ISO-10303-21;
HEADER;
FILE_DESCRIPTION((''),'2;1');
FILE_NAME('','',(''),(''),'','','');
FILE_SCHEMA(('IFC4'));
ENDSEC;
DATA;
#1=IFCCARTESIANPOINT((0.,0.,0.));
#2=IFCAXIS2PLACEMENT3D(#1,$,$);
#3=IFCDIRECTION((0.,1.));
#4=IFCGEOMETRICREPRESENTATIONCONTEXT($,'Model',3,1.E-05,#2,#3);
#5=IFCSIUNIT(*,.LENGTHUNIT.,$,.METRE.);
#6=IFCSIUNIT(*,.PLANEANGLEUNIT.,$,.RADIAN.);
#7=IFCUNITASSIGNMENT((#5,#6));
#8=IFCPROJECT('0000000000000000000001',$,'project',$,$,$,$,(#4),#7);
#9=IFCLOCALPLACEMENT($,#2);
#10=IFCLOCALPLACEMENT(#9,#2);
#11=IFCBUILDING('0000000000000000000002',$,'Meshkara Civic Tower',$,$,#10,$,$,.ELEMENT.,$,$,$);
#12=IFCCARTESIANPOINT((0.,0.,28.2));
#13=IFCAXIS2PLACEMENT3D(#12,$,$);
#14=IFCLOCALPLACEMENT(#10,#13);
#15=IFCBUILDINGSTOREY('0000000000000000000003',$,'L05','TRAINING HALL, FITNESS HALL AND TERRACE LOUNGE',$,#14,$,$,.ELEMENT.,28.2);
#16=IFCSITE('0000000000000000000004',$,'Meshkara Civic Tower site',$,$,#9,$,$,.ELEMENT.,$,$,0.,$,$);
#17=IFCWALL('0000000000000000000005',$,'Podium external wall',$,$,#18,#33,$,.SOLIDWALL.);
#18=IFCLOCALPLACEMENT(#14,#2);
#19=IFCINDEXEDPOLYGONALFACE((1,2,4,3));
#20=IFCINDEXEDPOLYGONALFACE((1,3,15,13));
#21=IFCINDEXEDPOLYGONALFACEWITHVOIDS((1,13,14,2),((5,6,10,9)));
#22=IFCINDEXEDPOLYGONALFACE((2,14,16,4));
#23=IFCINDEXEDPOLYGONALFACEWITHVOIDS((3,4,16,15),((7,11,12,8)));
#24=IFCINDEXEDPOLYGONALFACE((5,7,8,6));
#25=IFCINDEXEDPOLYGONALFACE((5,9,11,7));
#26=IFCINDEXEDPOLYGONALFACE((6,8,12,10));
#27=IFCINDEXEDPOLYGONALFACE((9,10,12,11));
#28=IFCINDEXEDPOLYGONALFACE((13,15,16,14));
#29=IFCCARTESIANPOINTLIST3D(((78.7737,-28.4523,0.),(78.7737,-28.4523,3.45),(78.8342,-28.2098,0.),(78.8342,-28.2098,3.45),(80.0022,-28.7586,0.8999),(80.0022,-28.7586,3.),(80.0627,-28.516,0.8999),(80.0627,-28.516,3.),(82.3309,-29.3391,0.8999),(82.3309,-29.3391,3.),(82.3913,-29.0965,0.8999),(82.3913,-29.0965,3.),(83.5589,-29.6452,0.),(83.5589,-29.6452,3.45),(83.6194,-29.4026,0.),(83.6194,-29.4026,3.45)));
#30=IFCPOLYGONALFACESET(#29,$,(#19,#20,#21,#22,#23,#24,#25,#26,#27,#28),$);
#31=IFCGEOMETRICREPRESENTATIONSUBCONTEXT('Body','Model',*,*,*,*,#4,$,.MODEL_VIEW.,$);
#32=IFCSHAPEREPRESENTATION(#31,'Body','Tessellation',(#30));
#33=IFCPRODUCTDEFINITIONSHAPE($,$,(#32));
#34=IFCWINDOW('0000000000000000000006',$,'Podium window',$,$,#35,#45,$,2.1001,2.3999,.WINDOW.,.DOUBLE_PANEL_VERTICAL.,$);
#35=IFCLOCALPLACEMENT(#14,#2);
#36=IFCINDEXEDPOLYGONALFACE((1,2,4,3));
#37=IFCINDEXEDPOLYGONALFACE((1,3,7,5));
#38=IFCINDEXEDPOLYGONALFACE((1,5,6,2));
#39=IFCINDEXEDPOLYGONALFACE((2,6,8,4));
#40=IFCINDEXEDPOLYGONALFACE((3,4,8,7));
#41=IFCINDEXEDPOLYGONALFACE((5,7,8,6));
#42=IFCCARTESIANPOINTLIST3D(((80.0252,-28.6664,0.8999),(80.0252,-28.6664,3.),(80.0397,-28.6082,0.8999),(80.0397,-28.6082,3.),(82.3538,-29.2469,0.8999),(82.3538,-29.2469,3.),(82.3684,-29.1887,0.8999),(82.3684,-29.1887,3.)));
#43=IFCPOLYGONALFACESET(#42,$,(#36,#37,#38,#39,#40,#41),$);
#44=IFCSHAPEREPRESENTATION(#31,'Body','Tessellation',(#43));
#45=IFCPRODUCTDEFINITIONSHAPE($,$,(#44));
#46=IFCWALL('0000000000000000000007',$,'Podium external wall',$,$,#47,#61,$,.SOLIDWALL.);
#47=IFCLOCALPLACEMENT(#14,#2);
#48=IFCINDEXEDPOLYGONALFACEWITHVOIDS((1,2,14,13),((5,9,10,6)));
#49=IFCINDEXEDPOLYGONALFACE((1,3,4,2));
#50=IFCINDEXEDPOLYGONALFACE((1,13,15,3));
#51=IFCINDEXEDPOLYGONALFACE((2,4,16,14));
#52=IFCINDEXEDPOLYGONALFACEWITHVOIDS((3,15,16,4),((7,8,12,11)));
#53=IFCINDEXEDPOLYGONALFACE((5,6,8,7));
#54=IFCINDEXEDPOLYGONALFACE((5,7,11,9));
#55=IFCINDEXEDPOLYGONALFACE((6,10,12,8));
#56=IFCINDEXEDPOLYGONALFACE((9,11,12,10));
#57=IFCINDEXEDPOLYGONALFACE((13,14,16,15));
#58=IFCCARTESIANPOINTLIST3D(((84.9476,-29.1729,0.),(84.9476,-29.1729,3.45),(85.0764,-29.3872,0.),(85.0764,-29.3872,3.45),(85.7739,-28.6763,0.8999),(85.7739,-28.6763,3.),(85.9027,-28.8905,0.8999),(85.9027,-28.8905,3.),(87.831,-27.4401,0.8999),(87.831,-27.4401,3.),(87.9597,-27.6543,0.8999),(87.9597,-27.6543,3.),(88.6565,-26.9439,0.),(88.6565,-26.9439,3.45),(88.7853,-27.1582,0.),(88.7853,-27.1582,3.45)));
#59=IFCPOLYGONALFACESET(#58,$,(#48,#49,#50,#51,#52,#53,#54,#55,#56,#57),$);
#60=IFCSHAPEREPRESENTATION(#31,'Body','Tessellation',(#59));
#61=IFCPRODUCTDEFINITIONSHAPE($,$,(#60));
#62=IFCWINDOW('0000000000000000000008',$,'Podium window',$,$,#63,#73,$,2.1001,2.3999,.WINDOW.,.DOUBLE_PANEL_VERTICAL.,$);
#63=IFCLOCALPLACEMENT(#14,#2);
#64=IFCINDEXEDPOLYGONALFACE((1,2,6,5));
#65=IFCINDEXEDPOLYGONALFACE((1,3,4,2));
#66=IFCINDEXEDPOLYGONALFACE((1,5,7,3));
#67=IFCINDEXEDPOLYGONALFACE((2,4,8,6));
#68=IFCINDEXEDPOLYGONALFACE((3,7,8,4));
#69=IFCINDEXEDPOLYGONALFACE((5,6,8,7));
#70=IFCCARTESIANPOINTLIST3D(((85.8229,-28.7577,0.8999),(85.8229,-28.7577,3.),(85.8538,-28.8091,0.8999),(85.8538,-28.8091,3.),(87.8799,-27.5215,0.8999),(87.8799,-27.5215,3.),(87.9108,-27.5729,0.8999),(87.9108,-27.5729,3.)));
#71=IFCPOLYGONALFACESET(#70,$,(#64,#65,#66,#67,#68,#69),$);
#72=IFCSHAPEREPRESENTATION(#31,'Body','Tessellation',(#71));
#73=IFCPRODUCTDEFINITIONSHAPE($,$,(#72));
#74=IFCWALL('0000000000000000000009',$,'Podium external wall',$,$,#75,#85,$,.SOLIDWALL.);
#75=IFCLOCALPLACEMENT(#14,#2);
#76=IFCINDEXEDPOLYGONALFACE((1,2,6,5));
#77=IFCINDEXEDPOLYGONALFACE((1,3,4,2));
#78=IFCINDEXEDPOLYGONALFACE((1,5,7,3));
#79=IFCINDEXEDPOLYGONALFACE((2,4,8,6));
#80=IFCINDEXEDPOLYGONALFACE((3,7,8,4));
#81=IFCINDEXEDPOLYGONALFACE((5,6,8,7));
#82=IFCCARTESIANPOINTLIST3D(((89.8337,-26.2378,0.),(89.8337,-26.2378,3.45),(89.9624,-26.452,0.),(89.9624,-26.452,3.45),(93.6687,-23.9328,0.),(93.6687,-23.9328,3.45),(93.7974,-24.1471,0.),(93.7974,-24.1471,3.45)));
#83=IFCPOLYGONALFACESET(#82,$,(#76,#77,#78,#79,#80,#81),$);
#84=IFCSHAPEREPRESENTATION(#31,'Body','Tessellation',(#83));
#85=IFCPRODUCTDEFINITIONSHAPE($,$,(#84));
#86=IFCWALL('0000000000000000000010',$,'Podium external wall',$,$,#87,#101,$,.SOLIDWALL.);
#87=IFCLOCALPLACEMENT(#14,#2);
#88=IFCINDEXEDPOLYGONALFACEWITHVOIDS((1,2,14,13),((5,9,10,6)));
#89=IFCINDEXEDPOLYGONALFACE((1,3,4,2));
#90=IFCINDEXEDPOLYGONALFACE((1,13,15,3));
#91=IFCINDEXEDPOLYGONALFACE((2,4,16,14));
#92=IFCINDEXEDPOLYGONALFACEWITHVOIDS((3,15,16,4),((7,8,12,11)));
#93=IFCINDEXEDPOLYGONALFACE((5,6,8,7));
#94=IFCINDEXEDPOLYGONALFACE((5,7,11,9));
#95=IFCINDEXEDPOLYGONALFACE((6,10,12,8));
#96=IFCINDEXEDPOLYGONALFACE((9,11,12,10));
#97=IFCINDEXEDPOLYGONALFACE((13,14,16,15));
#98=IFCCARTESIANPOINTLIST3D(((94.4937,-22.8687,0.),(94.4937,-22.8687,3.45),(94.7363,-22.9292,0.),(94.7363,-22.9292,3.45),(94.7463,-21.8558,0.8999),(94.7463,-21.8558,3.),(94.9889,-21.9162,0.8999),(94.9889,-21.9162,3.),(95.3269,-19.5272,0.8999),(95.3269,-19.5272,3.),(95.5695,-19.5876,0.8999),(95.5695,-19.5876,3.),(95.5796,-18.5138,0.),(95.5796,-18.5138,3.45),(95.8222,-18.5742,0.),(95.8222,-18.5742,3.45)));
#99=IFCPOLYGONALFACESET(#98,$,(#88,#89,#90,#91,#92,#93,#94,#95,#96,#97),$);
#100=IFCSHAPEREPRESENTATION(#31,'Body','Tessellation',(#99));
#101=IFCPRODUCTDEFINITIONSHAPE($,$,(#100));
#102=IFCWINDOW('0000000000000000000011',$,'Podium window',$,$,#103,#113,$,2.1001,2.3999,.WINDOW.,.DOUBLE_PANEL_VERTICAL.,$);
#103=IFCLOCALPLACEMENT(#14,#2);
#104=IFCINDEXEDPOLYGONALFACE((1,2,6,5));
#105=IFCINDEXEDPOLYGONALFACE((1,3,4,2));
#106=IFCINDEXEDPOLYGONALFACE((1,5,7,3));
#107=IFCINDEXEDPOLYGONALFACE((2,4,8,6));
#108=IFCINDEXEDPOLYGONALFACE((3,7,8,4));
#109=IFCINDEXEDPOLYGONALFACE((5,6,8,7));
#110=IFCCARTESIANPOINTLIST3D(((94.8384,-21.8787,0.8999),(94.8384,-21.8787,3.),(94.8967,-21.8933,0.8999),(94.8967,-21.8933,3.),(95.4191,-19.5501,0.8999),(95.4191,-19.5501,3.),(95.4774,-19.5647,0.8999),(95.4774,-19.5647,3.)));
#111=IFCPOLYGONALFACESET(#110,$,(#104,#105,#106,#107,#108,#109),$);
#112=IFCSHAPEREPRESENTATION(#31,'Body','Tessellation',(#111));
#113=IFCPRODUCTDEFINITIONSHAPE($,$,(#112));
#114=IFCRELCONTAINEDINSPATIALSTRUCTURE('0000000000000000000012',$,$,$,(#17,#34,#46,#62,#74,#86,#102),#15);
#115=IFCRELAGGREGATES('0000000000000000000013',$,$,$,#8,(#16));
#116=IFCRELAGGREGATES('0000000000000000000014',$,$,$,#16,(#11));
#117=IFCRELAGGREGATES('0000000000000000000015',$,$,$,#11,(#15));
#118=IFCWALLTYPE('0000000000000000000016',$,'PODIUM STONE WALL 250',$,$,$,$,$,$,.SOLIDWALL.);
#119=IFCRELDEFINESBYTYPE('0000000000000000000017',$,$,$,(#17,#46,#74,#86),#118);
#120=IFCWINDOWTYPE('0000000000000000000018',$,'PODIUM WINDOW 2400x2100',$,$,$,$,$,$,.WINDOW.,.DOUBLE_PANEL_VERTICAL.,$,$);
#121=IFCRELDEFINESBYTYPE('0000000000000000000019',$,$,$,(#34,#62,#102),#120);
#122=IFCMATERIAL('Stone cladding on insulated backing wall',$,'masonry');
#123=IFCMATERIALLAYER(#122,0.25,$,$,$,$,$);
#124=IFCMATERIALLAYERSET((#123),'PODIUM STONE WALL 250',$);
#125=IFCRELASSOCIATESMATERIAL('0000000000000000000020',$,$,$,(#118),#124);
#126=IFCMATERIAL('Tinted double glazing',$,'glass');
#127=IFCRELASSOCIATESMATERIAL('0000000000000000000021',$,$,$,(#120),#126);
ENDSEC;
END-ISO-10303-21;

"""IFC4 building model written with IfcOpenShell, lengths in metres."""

from ifc_helpers import new_model, si_unit, direction, frame, frame_2d, origin, place, context, subcontext, project, spatial, rectangle, extrude, material, layer, layer_set, type_object, element, fill, save


model = new_model("IFC4")

# Units and contexts
model_context = context("Model", 3, precision=1e-05, world=origin(), true_north=direction((0.0, 1.0)))
body_context = subcontext(model_context, "Body", "Model", "MODEL_VIEW")
ifc_project = project(units=[si_unit("LENGTHUNIT", "METRE"), si_unit("PLANEANGLEUNIT", "RADIAN")], contexts=[model_context])

# Site, building, storey
site_placement = place(None, origin())
site = spatial("IfcSite", under=ifc_project, at=site_placement, Name="Meshkara Civic Tower site", CompositionType="ELEMENT", RefElevation=0.0)
building_placement = place(site_placement, origin())
building = spatial("IfcBuilding", under=site, at=building_placement, Name="Meshkara Civic Tower", CompositionType="ELEMENT")
storey_placement = place(building_placement, frame((0.0, 0.0, 28.2)))
storey = spatial("IfcBuildingStorey", under=building, at=storey_placement, Name="L05", Description="TRAINING HALL, FITNESS HALL AND TERRACE LOUNGE", CompositionType="ELEMENT", Elevation=28.2)

# Walls, openings, windows
ifc_material_1 = material(Name="Stone cladding on insulated backing wall", Category="masonry")
ifc_layer_1 = layer(ifc_material_1, 0.25)
ifc_layer_set_1 = layer_set([ifc_layer_1], Name="PODIUM STONE WALL 250")
wall_type_1 = type_object("IfcWallType", Name="PODIUM STONE WALL 250", PredefinedType="SOLIDWALL", material=ifc_layer_set_1)
wall_1_placement = place(storey_placement, frame((78.804, -28.3311, 0.0), z_axis=(0.0, 0.0, 1.0), x_axis=(0.970305, -0.241883, 0.0)))
wall_1 = element("IfcWall", 1, at=wall_1_placement, inside=storey, type_object=wall_type_1, Name="Podium external wall", PredefinedType="SOLIDWALL", context=body_context, shape_type="SweptSolid", body=[
    extrude(rectangle(XDim=4.9316, YDim=0.25, at=frame_2d((2.4658, 0.0))), origin(), (0.0, 0.0, 1.0), 3.45),
])
opening_1_placement = place(wall_1_placement, frame((1.2661, 0.0, 0.8999)))
opening_1 = element("IfcOpeningElement", 2, at=opening_1_placement, cuts=wall_1, PredefinedType="OPENING", context=body_context, shape_type="SweptSolid", body=[
    extrude(rectangle(XDim=2.3999, YDim=2.1001, at=frame_2d((1.2, 1.05))), frame((0.0, 0.135, 0.0), z_axis=(0.0, -1.0, 0.0), x_axis=(1.0, 0.0, 0.0)), (0.0, 0.0, 1.0), 0.27),
])
ifc_material_2 = material(Name="Tinted double glazing", Category="glass")
window_type = type_object("IfcWindowType", Name="PODIUM WINDOW 2400x2100", PartitioningType="DOUBLE_PANEL_VERTICAL", PredefinedType="WINDOW", material=ifc_material_2)
window_1_placement = place(opening_1_placement, origin())
window_1 = element("IfcWindow", 3, at=window_1_placement, inside=storey, type_object=window_type, Name="Podium window", OverallHeight=2.1001, OverallWidth=2.3999, PartitioningType="DOUBLE_PANEL_VERTICAL", PredefinedType="WINDOW", context=body_context, shape_type="SweptSolid", body=[
    extrude(rectangle(XDim=2.3999, YDim=2.1001, at=frame_2d((1.2, 1.05))), frame((0.0, 0.03, 0.0), z_axis=(0.0, -1.0, 0.0), x_axis=(1.0, 0.0, 0.0)), (0.0, 0.0, 1.0), 0.0601),
])
fill(opening_1, window_1)
wall_2_placement = place(storey_placement, frame((85.012, -29.28, 0.0), z_axis=(0.0, 0.0, 1.0), x_axis=(0.857124, 0.51511, 0.0)))
wall_2 = element("IfcWall", 4, at=wall_2_placement, inside=storey, type_object=wall_type_1, Name="Podium external wall", PredefinedType="SOLIDWALL", context=body_context, shape_type="SweptSolid", body=[
    extrude(rectangle(XDim=4.3271, YDim=0.25, at=frame_2d((2.1636, 0.0))), origin(), (0.0, 0.0, 1.0), 3.45),
])
opening_2_placement = place(wall_2_placement, frame((0.9641, 0.0, 0.8999)))
opening_2 = element("IfcOpeningElement", 5, at=opening_2_placement, cuts=wall_2, PredefinedType="OPENING", context=body_context, shape_type="SweptSolid", body=[
    extrude(rectangle(XDim=2.3999, YDim=2.1001, at=frame_2d((1.2, 1.05))), frame((0.0, 0.135, 0.0), z_axis=(0.0, -1.0, 0.0), x_axis=(1.0, 0.0, 0.0)), (0.0, 0.0, 1.0), 0.27),
])
window_2_placement = place(opening_2_placement, origin())
window_2 = element("IfcWindow", 6, at=window_2_placement, inside=storey, type_object=window_type, Name="Podium window", OverallHeight=2.1001, OverallWidth=2.3999, PartitioningType="DOUBLE_PANEL_VERTICAL", PredefinedType="WINDOW", context=body_context, shape_type="SweptSolid", body=[
    extrude(rectangle(XDim=2.3999, YDim=2.1001, at=frame_2d((1.2, 1.05))), frame((0.0, 0.03, 0.0), z_axis=(0.0, -1.0, 0.0), x_axis=(1.0, 0.0, 0.0)), (0.0, 0.0, 1.0), 0.0601),
])
fill(opening_2, window_2)

# Wall
wall_3_placement = place(storey_placement, frame((89.8979, -26.345, 0.0), z_axis=(0.0, 0.0, 1.0), x_axis=(0.857103, 0.515146, 0.0)))
element("IfcWall", 7, at=wall_3_placement, inside=storey, type_object=wall_type_1, Name="Podium external wall", PredefinedType="SOLIDWALL", context=body_context, shape_type="SweptSolid", body=[
    extrude(rectangle(XDim=4.4744, YDim=0.25, at=frame_2d((2.2373, 0.0))), origin(), (0.0, 0.0, 1.0), 3.45),
])

# Wall, opening, window
wall_4_placement = place(storey_placement, frame((94.615, -22.8989, 0.0), z_axis=(0.0, 0.0, 1.0), x_axis=(0.241947, 0.97029, 0.0)))
wall_4 = element("IfcWall", 8, at=wall_4_placement, inside=storey, type_object=wall_type_1, Name="Podium external wall", PredefinedType="SOLIDWALL", context=body_context, shape_type="SweptSolid", body=[
    extrude(rectangle(XDim=4.4883, YDim=0.25, at=frame_2d((2.2441, 0.0))), origin(), (0.0, 0.0, 1.0), 3.45),
])
opening_3_placement = place(wall_4_placement, frame((1.0439, 0.0, 0.8999)))
opening_3 = element("IfcOpeningElement", 9, at=opening_3_placement, cuts=wall_4, PredefinedType="OPENING", context=body_context, shape_type="SweptSolid", body=[
    extrude(rectangle(XDim=2.3999, YDim=2.1001, at=frame_2d((1.2, 1.05))), frame((0.0, 0.135, 0.0), z_axis=(0.0, -1.0, 0.0), x_axis=(1.0, 0.0, 0.0)), (0.0, 0.0, 1.0), 0.27),
])
window_3_placement = place(opening_3_placement, origin())
window_3 = element("IfcWindow", 10, at=window_3_placement, inside=storey, type_object=window_type, Name="Podium window", OverallHeight=2.1001, OverallWidth=2.3999, PartitioningType="DOUBLE_PANEL_VERTICAL", PredefinedType="WINDOW", context=body_context, shape_type="SweptSolid", body=[
    extrude(rectangle(XDim=2.3999, YDim=2.1001, at=frame_2d((1.2, 1.05))), frame((0.0, 0.03, 0.0), z_axis=(0.0, -1.0, 0.0), x_axis=(1.0, 0.0, 0.0)), (0.0, 0.0, 1.0), 0.0601),
])
fill(opening_3, window_3)

save(model, "model.ifc")
